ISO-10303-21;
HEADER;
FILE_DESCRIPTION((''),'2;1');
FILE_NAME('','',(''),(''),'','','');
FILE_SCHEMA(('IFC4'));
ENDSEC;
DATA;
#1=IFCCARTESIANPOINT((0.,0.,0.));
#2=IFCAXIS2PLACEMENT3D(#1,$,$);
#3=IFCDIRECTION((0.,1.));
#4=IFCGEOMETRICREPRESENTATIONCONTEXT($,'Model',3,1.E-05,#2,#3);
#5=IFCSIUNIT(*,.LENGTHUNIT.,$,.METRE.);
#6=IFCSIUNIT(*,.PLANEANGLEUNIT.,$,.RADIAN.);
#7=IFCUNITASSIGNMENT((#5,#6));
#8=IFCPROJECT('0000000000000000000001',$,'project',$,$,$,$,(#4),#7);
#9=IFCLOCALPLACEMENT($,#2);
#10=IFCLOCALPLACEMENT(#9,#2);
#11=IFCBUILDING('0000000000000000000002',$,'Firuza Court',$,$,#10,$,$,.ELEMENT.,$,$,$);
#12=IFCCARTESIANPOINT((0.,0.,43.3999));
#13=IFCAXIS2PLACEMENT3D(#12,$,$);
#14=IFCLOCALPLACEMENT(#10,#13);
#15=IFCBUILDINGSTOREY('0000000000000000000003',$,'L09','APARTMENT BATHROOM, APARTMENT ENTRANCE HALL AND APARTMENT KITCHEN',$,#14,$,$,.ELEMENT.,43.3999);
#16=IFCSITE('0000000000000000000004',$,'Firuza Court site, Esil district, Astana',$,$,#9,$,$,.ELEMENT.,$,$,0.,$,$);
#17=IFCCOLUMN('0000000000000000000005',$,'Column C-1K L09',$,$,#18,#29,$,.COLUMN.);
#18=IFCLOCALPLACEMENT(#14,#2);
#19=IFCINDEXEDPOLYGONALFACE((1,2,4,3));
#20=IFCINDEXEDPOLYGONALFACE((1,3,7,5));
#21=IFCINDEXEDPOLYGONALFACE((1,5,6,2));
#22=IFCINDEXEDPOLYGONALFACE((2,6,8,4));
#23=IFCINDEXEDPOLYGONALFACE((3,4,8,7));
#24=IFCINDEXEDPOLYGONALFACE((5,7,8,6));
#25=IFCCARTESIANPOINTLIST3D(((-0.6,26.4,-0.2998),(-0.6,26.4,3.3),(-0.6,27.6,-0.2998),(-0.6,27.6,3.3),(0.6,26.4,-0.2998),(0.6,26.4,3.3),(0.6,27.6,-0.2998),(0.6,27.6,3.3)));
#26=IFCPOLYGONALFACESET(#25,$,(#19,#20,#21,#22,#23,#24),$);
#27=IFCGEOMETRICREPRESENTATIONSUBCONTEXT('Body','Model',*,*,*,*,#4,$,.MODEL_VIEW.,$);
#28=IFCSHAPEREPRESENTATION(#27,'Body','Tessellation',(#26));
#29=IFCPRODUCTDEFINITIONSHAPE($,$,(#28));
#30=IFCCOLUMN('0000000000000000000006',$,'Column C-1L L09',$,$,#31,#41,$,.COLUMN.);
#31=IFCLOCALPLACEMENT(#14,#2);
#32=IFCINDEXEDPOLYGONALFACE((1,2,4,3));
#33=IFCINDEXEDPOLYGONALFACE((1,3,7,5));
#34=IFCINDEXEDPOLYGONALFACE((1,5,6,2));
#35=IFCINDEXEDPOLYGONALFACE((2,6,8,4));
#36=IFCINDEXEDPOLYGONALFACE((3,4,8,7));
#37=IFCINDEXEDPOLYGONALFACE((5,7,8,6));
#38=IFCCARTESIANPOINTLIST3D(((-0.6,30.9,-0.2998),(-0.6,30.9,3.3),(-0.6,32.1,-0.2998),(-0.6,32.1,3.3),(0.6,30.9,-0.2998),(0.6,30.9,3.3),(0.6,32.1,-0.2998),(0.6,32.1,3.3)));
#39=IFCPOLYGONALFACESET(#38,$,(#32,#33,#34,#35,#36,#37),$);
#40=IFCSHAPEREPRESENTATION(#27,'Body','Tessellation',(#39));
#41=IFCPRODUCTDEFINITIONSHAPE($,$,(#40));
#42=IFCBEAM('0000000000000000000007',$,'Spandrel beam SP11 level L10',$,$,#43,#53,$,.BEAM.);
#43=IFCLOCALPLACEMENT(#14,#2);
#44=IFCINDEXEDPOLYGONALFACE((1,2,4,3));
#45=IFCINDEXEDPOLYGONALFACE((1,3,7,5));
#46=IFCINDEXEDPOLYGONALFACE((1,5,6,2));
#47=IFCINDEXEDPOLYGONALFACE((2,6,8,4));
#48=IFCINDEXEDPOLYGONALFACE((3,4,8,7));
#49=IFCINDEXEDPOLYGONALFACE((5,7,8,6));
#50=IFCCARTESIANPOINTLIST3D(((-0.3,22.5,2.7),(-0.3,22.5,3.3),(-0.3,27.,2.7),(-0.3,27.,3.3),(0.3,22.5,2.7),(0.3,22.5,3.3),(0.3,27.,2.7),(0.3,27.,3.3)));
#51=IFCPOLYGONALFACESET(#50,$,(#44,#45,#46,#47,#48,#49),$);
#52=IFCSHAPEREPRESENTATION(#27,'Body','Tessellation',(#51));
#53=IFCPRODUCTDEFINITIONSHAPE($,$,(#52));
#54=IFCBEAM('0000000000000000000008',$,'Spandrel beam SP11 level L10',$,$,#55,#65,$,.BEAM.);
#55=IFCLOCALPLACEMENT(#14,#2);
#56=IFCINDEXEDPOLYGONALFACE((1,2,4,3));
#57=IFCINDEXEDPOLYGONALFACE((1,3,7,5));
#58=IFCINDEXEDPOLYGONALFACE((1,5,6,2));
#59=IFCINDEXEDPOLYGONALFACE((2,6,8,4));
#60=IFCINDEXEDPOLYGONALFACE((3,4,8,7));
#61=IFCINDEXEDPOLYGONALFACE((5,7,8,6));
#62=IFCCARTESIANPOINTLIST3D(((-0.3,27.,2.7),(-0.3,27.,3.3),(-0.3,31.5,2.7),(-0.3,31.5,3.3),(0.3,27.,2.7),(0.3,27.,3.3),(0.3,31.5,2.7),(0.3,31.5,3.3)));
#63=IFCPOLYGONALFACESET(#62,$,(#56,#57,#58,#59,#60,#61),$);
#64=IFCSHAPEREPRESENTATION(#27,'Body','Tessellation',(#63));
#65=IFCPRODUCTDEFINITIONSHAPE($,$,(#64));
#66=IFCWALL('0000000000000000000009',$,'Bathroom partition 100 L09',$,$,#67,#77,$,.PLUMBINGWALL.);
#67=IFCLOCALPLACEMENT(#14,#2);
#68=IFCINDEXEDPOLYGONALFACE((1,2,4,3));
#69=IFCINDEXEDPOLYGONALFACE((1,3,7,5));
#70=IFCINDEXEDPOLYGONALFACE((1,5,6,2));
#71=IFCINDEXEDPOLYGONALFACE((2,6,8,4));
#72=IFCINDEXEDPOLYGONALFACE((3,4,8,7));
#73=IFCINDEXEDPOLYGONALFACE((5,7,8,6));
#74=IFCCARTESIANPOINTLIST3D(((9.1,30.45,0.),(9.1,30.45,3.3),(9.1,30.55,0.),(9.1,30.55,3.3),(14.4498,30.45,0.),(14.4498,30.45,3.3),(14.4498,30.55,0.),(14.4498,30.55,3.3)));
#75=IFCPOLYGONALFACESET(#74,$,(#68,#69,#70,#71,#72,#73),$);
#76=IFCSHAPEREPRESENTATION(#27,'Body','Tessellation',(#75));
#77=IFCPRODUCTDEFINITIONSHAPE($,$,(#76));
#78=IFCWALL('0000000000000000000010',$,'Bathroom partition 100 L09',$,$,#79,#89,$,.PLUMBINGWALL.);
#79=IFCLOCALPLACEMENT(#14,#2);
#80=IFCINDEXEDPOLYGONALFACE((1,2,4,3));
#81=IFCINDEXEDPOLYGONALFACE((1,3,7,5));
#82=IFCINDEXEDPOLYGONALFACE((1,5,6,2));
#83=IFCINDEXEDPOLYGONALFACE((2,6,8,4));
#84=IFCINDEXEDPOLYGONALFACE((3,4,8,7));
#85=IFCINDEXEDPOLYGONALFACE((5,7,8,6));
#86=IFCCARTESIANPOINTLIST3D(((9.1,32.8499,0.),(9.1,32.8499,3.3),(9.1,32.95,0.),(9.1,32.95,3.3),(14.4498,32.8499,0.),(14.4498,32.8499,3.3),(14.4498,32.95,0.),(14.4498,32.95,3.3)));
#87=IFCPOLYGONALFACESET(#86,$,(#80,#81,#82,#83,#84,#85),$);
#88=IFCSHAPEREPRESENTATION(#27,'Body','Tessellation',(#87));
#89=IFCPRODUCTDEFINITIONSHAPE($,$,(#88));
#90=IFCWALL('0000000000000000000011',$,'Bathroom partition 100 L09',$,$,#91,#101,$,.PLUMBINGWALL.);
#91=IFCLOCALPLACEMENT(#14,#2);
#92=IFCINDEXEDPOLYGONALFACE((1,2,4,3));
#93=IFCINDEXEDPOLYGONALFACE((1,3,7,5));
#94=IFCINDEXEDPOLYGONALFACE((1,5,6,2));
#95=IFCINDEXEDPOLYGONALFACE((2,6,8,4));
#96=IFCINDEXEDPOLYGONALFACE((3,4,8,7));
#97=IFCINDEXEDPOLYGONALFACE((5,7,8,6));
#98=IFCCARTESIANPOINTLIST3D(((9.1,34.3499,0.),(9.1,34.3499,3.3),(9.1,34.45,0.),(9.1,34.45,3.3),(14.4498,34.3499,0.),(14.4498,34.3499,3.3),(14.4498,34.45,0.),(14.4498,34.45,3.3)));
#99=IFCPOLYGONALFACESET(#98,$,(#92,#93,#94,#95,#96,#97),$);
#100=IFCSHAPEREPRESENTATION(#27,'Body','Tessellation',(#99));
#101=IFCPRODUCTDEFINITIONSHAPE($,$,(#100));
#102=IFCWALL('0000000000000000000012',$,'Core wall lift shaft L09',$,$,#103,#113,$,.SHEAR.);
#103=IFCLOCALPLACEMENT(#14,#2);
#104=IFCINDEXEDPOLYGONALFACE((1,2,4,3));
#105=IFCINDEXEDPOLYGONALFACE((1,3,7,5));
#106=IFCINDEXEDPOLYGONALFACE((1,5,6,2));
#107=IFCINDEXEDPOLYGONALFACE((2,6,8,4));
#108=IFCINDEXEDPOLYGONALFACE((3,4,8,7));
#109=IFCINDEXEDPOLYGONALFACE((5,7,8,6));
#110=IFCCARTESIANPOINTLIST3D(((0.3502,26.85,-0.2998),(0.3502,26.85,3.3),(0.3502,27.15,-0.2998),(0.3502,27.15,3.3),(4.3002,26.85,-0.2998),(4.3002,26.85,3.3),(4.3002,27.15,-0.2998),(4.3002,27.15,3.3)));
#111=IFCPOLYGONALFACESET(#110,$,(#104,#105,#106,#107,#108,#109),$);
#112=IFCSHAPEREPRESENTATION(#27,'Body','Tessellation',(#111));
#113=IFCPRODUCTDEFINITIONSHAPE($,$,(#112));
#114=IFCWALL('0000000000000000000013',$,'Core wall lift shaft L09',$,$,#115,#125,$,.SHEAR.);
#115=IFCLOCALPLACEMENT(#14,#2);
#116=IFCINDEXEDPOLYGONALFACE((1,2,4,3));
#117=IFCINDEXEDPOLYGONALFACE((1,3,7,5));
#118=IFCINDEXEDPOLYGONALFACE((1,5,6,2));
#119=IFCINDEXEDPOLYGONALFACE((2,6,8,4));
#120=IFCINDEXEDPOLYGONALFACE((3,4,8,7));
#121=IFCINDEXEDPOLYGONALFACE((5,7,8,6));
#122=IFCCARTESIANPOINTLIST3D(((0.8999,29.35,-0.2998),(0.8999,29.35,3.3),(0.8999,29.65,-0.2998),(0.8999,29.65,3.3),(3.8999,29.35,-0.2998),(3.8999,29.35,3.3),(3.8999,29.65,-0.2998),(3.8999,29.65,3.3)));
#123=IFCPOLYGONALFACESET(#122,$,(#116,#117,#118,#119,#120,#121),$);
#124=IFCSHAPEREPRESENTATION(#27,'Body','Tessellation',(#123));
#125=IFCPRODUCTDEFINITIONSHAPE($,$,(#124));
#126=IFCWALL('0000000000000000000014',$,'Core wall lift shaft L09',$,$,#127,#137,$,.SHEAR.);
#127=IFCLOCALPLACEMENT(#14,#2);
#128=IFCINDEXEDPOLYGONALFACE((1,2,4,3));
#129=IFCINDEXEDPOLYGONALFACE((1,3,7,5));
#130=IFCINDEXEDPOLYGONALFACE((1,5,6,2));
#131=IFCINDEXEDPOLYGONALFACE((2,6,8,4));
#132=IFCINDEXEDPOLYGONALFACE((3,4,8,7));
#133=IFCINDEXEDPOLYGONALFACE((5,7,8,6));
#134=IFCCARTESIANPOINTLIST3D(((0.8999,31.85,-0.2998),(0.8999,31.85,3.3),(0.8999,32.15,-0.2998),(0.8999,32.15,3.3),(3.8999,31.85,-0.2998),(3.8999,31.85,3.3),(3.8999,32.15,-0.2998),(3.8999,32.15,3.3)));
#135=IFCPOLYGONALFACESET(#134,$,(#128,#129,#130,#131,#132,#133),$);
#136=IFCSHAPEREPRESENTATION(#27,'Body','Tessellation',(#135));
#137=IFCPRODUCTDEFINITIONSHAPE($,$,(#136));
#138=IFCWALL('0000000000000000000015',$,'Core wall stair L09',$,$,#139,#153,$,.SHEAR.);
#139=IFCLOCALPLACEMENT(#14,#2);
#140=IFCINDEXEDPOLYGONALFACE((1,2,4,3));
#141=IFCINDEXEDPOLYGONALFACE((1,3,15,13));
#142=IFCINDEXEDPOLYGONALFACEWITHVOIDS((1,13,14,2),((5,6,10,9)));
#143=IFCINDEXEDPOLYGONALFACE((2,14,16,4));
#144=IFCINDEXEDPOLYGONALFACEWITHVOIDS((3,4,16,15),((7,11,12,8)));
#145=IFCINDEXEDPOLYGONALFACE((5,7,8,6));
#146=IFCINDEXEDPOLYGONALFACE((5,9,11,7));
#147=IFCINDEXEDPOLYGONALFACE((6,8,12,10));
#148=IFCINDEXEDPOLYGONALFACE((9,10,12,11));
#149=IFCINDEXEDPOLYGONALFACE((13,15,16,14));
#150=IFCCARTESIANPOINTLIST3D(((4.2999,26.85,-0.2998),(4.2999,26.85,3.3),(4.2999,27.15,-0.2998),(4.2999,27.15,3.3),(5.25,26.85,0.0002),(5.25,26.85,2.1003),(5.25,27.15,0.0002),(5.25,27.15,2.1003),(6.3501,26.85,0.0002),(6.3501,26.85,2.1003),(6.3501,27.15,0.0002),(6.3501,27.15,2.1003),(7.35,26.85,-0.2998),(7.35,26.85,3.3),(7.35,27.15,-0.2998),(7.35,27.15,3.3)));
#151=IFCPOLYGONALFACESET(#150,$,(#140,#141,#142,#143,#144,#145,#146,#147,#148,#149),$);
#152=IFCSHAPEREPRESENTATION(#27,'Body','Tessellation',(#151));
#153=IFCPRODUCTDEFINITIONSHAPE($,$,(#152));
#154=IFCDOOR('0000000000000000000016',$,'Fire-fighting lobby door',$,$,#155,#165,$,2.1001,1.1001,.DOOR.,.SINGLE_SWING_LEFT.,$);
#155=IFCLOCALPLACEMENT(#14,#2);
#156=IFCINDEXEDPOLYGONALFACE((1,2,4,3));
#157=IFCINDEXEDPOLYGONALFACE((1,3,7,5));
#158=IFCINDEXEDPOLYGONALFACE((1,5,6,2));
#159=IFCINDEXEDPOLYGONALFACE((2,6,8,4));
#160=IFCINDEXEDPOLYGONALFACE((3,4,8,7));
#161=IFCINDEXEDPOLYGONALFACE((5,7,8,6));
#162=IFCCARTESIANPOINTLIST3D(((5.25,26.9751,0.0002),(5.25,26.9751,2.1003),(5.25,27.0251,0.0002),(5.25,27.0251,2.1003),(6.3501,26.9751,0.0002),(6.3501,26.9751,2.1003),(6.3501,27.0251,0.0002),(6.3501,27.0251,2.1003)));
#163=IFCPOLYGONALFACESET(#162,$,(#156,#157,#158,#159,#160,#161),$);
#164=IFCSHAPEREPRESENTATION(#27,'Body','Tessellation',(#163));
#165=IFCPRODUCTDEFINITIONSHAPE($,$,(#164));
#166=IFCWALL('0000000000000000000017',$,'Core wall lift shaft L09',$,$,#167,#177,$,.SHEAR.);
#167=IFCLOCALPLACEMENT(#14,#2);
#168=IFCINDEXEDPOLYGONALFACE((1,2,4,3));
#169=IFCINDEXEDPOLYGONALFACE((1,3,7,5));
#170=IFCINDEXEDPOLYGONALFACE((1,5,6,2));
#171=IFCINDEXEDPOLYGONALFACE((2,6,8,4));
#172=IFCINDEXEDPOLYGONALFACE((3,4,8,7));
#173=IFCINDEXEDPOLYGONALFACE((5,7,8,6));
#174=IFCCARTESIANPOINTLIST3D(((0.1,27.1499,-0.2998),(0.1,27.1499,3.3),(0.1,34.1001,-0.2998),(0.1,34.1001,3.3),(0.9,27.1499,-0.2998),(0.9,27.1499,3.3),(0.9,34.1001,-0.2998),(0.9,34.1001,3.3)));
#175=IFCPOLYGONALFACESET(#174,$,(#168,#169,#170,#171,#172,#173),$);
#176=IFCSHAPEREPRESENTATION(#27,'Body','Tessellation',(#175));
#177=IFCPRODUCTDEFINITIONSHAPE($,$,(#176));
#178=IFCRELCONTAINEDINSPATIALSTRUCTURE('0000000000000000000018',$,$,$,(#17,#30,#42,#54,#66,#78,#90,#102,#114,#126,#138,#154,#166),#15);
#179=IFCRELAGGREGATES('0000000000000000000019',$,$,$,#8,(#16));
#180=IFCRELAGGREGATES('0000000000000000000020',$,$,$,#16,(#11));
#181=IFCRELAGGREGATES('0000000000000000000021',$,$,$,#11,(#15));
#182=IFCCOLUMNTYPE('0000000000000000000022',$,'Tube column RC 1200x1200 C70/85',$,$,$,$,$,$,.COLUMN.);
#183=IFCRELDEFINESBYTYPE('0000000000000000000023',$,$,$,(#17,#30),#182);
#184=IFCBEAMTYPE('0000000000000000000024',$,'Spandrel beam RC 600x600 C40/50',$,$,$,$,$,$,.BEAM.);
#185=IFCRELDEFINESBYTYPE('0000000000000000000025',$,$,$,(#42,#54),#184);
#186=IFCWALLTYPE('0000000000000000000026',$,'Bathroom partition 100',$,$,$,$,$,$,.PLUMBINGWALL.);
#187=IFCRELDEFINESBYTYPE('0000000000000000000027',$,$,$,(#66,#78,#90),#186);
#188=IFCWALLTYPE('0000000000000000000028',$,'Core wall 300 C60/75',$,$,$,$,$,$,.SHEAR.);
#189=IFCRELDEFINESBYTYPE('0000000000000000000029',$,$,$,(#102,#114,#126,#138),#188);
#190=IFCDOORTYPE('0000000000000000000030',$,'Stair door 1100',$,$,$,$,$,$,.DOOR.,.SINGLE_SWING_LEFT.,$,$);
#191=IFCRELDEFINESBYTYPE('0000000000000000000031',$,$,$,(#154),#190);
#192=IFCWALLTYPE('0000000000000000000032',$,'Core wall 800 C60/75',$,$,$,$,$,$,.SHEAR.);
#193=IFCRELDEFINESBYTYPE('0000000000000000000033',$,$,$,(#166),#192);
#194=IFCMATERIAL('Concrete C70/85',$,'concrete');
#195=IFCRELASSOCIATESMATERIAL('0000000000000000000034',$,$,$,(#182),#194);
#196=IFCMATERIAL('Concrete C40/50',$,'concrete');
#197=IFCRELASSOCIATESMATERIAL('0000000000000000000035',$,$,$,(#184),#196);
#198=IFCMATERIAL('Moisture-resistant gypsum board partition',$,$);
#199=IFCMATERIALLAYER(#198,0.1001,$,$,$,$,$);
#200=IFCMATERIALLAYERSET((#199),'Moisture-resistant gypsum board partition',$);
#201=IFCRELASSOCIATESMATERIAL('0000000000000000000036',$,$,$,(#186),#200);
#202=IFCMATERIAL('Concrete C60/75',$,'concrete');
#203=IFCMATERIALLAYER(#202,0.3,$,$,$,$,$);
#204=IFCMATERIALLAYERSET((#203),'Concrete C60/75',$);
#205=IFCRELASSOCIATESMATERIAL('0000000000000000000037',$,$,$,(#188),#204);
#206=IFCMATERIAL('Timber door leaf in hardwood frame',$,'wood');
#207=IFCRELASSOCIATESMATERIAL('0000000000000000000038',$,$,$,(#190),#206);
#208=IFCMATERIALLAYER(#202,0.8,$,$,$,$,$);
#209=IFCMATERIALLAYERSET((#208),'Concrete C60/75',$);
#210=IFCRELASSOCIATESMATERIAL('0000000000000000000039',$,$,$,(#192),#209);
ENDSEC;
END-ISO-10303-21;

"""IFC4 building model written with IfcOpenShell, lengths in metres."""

from ifc_helpers import new_model, si_unit, direction, frame, frame_2d, origin, origin_2d, place, context, subcontext, project, spatial, rectangle, extrude, material, layer, layer_set, material_profile, profile_set, type_object, element, fill, save


model = new_model("IFC4")

# Units and contexts
model_context = context("Model", 3, precision=1e-05, world=origin(), true_north=direction((0.0, 1.0)))
body_context = subcontext(model_context, "Body", "Model", "MODEL_VIEW")
ifc_project = project(units=[si_unit("LENGTHUNIT", "METRE"), si_unit("PLANEANGLEUNIT", "RADIAN")], contexts=[model_context])

# Site, building, storey
site_placement = place(None, origin())
site = spatial("IfcSite", under=ifc_project, at=site_placement, Name="Firuza Court site, Esil district, Astana", CompositionType="ELEMENT", RefElevation=0.0)
building_placement = place(site_placement, origin())
building = spatial("IfcBuilding", under=site, at=building_placement, Name="Firuza Court", CompositionType="ELEMENT")
storey_placement = place(building_placement, frame((0.0, 0.0, 43.3999)))
storey = spatial("IfcBuildingStorey", under=building, at=storey_placement, Name="L09", Description="APARTMENT BATHROOM, APARTMENT ENTRANCE HALL AND APARTMENT KITCHEN", CompositionType="ELEMENT", Elevation=43.3999)

# Columns
ifc_material_1 = material(Name="Concrete C70/85", Category="concrete")
ifc_material_profile_1 = material_profile(ifc_material_1, rectangle(XDim=1.2, YDim=1.2, at=origin_2d()), Name="RC 1200x1200")
ifc_profile_set_1 = profile_set([ifc_material_profile_1], Name="Concrete C70/85")
column_type = type_object("IfcColumnType", Name="Tube column RC 1200x1200 C70/85", PredefinedType="COLUMN", material=ifc_profile_set_1)
for number, where, z_axis, x_axis, name in (
    (1, (0.0, 27.0, -0.2998), (0.0, 0.0, 1.0), (1.0, 0.0, 0.0), "Column C-1K L09"),
    (2, (0.0, 31.5, -0.2998), (0.0, 0.0, 1.0), (1.0, 0.0, 0.0), "Column C-1L L09"),
):
    element("IfcColumn", number, at=place(storey_placement, frame(where, z_axis=z_axis, x_axis=x_axis)), inside=storey, type_object=column_type, Name=name, PredefinedType="COLUMN", context=body_context, shape_type="SweptSolid", body=[
        extrude(rectangle(XDim=1.2, YDim=1.2, at=origin_2d()), origin(), (0.0, 0.0, 1.0), 3.5999),
    ])

# Beams
ifc_material_2 = material(Name="Concrete C40/50", Category="concrete")
ifc_material_profile_2 = material_profile(ifc_material_2, rectangle(XDim=0.6001, YDim=0.6001, at=origin_2d()), Name="RC 600x600")
ifc_profile_set_2 = profile_set([ifc_material_profile_2], Name="Concrete C40/50")
beam_type = type_object("IfcBeamType", Name="Spandrel beam RC 600x600 C40/50", PredefinedType="BEAM", material=ifc_profile_set_2)
for number, where, z_axis, x_axis, name in (
    (3, (0.0, 27.0, 3.0), (0.0, -1.0, 0.0), (1.0, 0.0, 0.0), "Spandrel beam SP11 level L10"),
    (4, (0.0, 31.5, 3.0), (0.0, -1.0, 0.0), (1.0, 0.0, 0.0), "Spandrel beam SP11 level L10"),
):
    element("IfcBeam", number, at=place(storey_placement, frame(where, z_axis=z_axis, x_axis=x_axis)), inside=storey, type_object=beam_type, Name=name, PredefinedType="BEAM", context=body_context, shape_type="SweptSolid", body=[
        extrude(rectangle(XDim=0.6001, YDim=0.6001, at=origin_2d()), origin(), (0.0, 0.0, 1.0), 4.5),
    ])

# Walls
ifc_material_3 = material(Name="Moisture-resistant gypsum board partition")
ifc_layer_1 = layer(ifc_material_3, 0.1001)
ifc_layer_set_1 = layer_set([ifc_layer_1], Name="Moisture-resistant gypsum board partition")
wall_type_1 = type_object("IfcWallType", Name="Bathroom partition 100", PredefinedType="PLUMBINGWALL", material=ifc_layer_set_1)
for number, where, z_axis, x_axis, name in (
    (5, (9.1001, 30.5, 0.0), (0.0, 0.0, 1.0), (1.0, 0.0, 0.0), "Bathroom partition 100 L09"),
    (6, (9.1001, 32.8999, 0.0), (0.0, 0.0, 1.0), (1.0, 0.0, 0.0), "Bathroom partition 100 L09"),
    (7, (9.1001, 34.3999, 0.0), (0.0, 0.0, 1.0), (1.0, 0.0, 0.0), "Bathroom partition 100 L09"),
):
    element("IfcWall", number, at=place(storey_placement, frame(where, z_axis=z_axis, x_axis=x_axis)), inside=storey, type_object=wall_type_1, Name=name, PredefinedType="PLUMBINGWALL", context=body_context, shape_type="SweptSolid", body=[
        extrude(rectangle(XDim=5.3499, YDim=0.1001, at=frame_2d((2.6748, 0.0))), origin(), (0.0, 0.0, 1.0), 3.3),
    ])
ifc_material_4 = material(Name="Concrete C60/75", Category="concrete")
ifc_layer_2 = layer(ifc_material_4, 0.3)
ifc_layer_set_2 = layer_set([ifc_layer_2], Name="Concrete C60/75")
wall_type_2 = type_object("IfcWallType", Name="Core wall 300 C60/75", PredefinedType="SHEAR", material=ifc_layer_set_2)
wall_1_placement = place(storey_placement, frame((0.3501, 27.0, -0.2998), z_axis=(0.0, 0.0, 1.0), x_axis=(1.0, 0.0, 0.0)))
element("IfcWall", 8, at=wall_1_placement, inside=storey, type_object=wall_type_2, Name="Core wall lift shaft L09", PredefinedType="SHEAR", context=body_context, shape_type="SweptSolid", body=[
    extrude(rectangle(XDim=3.95, YDim=0.3, at=frame_2d((1.9751, 0.0))), origin(), (0.0, 0.0, 1.0), 3.5999),
])
for number, where, z_axis, x_axis, name in (
    (9, (0.8999, 29.5, -0.2998), (0.0, 0.0, 1.0), (1.0, 0.0, 0.0), "Core wall lift shaft L09"),
    (10, (0.8999, 32.0, -0.2998), (0.0, 0.0, 1.0), (1.0, 0.0, 0.0), "Core wall lift shaft L09"),
):
    element("IfcWall", number, at=place(storey_placement, frame(where, z_axis=z_axis, x_axis=x_axis)), inside=storey, type_object=wall_type_2, Name=name, PredefinedType="SHEAR", context=body_context, shape_type="SweptSolid", body=[
        extrude(rectangle(XDim=3.0, YDim=0.3, at=frame_2d((1.5, 0.0))), origin(), (0.0, 0.0, 1.0), 3.5999),
    ])

# Wall, opening, door
wall_2_placement = place(storey_placement, frame((4.3, 27.0, -0.2998), z_axis=(0.0, 0.0, 1.0), x_axis=(1.0, 0.0, 0.0)))
wall_2 = element("IfcWall", 11, at=wall_2_placement, inside=storey, type_object=wall_type_2, Name="Core wall stair L09", PredefinedType="SHEAR", context=body_context, shape_type="SweptSolid", body=[
    extrude(rectangle(XDim=3.05, YDim=0.3, at=frame_2d((1.5249, 0.0))), origin(), (0.0, 0.0, 1.0), 3.5999),
])
opening_1_placement = place(wall_2_placement, frame((0.95, 0.0, 0.3)))
opening_1 = element("IfcOpeningElement", 12, at=opening_1_placement, cuts=wall_2, PredefinedType="OPENING", context=body_context, shape_type="SweptSolid", body=[
    extrude(rectangle(XDim=1.1001, YDim=2.1001, at=frame_2d((0.55, 1.05))), frame((0.0, 0.1621, 0.0), z_axis=(0.0, -1.0, 0.0), x_axis=(1.0, 0.0, 0.0)), (0.0, 0.0, 1.0), 0.324),
])
ifc_material_5 = material(Name="Timber door leaf in hardwood frame", Category="wood")
door_type_1 = type_object("IfcDoorType", Name="Stair door 1100", OperationType="SINGLE_SWING_LEFT", PredefinedType="DOOR", material=ifc_material_5)
door_1_placement = place(opening_1_placement, frame((1.1001, 0.0, 0.0), z_axis=(0.0, 0.0, 1.0), x_axis=(-1.0, 0.0, 0.0)))
door_1 = element("IfcDoor", 13, at=door_1_placement, inside=storey, type_object=door_type_1, Name="Fire-fighting lobby door", OperationType="SINGLE_SWING_LEFT", OverallHeight=2.1001, OverallWidth=1.1001, PredefinedType="DOOR", context=body_context, shape_type="SweptSolid", body=[
    extrude(rectangle(XDim=1.1001, YDim=2.1001, at=frame_2d((0.55, 1.05))), frame((0.0, 0.0249, 0.0), z_axis=(0.0, -1.0, 0.0), x_axis=(1.0, 0.0, 0.0)), (0.0, 0.0, 1.0), 0.05),
])
fill(opening_1, door_1)

# Wall
ifc_layer_3 = layer(ifc_material_4, 0.8)
ifc_layer_set_3 = layer_set([ifc_layer_3], Name="Concrete C60/75")
wall_type_3 = type_object("IfcWallType", Name="Core wall 800 C60/75", PredefinedType="SHEAR", material=ifc_layer_set_3)
wall_3_placement = place(storey_placement, frame((0.5, 27.1499, -0.2998), z_axis=(0.0, 0.0, 1.0), x_axis=(0.0, 1.0, 0.0)))
element("IfcWall", 14, at=wall_3_placement, inside=storey, type_object=wall_type_3, Name="Core wall lift shaft L09", PredefinedType="SHEAR", context=body_context, shape_type="SweptSolid", body=[
    extrude(rectangle(XDim=6.9502, YDim=0.8, at=frame_2d((3.4751, 0.0))), origin(), (0.0, 0.0, 1.0), 3.5999),
])

save(model, "model.ifc")
